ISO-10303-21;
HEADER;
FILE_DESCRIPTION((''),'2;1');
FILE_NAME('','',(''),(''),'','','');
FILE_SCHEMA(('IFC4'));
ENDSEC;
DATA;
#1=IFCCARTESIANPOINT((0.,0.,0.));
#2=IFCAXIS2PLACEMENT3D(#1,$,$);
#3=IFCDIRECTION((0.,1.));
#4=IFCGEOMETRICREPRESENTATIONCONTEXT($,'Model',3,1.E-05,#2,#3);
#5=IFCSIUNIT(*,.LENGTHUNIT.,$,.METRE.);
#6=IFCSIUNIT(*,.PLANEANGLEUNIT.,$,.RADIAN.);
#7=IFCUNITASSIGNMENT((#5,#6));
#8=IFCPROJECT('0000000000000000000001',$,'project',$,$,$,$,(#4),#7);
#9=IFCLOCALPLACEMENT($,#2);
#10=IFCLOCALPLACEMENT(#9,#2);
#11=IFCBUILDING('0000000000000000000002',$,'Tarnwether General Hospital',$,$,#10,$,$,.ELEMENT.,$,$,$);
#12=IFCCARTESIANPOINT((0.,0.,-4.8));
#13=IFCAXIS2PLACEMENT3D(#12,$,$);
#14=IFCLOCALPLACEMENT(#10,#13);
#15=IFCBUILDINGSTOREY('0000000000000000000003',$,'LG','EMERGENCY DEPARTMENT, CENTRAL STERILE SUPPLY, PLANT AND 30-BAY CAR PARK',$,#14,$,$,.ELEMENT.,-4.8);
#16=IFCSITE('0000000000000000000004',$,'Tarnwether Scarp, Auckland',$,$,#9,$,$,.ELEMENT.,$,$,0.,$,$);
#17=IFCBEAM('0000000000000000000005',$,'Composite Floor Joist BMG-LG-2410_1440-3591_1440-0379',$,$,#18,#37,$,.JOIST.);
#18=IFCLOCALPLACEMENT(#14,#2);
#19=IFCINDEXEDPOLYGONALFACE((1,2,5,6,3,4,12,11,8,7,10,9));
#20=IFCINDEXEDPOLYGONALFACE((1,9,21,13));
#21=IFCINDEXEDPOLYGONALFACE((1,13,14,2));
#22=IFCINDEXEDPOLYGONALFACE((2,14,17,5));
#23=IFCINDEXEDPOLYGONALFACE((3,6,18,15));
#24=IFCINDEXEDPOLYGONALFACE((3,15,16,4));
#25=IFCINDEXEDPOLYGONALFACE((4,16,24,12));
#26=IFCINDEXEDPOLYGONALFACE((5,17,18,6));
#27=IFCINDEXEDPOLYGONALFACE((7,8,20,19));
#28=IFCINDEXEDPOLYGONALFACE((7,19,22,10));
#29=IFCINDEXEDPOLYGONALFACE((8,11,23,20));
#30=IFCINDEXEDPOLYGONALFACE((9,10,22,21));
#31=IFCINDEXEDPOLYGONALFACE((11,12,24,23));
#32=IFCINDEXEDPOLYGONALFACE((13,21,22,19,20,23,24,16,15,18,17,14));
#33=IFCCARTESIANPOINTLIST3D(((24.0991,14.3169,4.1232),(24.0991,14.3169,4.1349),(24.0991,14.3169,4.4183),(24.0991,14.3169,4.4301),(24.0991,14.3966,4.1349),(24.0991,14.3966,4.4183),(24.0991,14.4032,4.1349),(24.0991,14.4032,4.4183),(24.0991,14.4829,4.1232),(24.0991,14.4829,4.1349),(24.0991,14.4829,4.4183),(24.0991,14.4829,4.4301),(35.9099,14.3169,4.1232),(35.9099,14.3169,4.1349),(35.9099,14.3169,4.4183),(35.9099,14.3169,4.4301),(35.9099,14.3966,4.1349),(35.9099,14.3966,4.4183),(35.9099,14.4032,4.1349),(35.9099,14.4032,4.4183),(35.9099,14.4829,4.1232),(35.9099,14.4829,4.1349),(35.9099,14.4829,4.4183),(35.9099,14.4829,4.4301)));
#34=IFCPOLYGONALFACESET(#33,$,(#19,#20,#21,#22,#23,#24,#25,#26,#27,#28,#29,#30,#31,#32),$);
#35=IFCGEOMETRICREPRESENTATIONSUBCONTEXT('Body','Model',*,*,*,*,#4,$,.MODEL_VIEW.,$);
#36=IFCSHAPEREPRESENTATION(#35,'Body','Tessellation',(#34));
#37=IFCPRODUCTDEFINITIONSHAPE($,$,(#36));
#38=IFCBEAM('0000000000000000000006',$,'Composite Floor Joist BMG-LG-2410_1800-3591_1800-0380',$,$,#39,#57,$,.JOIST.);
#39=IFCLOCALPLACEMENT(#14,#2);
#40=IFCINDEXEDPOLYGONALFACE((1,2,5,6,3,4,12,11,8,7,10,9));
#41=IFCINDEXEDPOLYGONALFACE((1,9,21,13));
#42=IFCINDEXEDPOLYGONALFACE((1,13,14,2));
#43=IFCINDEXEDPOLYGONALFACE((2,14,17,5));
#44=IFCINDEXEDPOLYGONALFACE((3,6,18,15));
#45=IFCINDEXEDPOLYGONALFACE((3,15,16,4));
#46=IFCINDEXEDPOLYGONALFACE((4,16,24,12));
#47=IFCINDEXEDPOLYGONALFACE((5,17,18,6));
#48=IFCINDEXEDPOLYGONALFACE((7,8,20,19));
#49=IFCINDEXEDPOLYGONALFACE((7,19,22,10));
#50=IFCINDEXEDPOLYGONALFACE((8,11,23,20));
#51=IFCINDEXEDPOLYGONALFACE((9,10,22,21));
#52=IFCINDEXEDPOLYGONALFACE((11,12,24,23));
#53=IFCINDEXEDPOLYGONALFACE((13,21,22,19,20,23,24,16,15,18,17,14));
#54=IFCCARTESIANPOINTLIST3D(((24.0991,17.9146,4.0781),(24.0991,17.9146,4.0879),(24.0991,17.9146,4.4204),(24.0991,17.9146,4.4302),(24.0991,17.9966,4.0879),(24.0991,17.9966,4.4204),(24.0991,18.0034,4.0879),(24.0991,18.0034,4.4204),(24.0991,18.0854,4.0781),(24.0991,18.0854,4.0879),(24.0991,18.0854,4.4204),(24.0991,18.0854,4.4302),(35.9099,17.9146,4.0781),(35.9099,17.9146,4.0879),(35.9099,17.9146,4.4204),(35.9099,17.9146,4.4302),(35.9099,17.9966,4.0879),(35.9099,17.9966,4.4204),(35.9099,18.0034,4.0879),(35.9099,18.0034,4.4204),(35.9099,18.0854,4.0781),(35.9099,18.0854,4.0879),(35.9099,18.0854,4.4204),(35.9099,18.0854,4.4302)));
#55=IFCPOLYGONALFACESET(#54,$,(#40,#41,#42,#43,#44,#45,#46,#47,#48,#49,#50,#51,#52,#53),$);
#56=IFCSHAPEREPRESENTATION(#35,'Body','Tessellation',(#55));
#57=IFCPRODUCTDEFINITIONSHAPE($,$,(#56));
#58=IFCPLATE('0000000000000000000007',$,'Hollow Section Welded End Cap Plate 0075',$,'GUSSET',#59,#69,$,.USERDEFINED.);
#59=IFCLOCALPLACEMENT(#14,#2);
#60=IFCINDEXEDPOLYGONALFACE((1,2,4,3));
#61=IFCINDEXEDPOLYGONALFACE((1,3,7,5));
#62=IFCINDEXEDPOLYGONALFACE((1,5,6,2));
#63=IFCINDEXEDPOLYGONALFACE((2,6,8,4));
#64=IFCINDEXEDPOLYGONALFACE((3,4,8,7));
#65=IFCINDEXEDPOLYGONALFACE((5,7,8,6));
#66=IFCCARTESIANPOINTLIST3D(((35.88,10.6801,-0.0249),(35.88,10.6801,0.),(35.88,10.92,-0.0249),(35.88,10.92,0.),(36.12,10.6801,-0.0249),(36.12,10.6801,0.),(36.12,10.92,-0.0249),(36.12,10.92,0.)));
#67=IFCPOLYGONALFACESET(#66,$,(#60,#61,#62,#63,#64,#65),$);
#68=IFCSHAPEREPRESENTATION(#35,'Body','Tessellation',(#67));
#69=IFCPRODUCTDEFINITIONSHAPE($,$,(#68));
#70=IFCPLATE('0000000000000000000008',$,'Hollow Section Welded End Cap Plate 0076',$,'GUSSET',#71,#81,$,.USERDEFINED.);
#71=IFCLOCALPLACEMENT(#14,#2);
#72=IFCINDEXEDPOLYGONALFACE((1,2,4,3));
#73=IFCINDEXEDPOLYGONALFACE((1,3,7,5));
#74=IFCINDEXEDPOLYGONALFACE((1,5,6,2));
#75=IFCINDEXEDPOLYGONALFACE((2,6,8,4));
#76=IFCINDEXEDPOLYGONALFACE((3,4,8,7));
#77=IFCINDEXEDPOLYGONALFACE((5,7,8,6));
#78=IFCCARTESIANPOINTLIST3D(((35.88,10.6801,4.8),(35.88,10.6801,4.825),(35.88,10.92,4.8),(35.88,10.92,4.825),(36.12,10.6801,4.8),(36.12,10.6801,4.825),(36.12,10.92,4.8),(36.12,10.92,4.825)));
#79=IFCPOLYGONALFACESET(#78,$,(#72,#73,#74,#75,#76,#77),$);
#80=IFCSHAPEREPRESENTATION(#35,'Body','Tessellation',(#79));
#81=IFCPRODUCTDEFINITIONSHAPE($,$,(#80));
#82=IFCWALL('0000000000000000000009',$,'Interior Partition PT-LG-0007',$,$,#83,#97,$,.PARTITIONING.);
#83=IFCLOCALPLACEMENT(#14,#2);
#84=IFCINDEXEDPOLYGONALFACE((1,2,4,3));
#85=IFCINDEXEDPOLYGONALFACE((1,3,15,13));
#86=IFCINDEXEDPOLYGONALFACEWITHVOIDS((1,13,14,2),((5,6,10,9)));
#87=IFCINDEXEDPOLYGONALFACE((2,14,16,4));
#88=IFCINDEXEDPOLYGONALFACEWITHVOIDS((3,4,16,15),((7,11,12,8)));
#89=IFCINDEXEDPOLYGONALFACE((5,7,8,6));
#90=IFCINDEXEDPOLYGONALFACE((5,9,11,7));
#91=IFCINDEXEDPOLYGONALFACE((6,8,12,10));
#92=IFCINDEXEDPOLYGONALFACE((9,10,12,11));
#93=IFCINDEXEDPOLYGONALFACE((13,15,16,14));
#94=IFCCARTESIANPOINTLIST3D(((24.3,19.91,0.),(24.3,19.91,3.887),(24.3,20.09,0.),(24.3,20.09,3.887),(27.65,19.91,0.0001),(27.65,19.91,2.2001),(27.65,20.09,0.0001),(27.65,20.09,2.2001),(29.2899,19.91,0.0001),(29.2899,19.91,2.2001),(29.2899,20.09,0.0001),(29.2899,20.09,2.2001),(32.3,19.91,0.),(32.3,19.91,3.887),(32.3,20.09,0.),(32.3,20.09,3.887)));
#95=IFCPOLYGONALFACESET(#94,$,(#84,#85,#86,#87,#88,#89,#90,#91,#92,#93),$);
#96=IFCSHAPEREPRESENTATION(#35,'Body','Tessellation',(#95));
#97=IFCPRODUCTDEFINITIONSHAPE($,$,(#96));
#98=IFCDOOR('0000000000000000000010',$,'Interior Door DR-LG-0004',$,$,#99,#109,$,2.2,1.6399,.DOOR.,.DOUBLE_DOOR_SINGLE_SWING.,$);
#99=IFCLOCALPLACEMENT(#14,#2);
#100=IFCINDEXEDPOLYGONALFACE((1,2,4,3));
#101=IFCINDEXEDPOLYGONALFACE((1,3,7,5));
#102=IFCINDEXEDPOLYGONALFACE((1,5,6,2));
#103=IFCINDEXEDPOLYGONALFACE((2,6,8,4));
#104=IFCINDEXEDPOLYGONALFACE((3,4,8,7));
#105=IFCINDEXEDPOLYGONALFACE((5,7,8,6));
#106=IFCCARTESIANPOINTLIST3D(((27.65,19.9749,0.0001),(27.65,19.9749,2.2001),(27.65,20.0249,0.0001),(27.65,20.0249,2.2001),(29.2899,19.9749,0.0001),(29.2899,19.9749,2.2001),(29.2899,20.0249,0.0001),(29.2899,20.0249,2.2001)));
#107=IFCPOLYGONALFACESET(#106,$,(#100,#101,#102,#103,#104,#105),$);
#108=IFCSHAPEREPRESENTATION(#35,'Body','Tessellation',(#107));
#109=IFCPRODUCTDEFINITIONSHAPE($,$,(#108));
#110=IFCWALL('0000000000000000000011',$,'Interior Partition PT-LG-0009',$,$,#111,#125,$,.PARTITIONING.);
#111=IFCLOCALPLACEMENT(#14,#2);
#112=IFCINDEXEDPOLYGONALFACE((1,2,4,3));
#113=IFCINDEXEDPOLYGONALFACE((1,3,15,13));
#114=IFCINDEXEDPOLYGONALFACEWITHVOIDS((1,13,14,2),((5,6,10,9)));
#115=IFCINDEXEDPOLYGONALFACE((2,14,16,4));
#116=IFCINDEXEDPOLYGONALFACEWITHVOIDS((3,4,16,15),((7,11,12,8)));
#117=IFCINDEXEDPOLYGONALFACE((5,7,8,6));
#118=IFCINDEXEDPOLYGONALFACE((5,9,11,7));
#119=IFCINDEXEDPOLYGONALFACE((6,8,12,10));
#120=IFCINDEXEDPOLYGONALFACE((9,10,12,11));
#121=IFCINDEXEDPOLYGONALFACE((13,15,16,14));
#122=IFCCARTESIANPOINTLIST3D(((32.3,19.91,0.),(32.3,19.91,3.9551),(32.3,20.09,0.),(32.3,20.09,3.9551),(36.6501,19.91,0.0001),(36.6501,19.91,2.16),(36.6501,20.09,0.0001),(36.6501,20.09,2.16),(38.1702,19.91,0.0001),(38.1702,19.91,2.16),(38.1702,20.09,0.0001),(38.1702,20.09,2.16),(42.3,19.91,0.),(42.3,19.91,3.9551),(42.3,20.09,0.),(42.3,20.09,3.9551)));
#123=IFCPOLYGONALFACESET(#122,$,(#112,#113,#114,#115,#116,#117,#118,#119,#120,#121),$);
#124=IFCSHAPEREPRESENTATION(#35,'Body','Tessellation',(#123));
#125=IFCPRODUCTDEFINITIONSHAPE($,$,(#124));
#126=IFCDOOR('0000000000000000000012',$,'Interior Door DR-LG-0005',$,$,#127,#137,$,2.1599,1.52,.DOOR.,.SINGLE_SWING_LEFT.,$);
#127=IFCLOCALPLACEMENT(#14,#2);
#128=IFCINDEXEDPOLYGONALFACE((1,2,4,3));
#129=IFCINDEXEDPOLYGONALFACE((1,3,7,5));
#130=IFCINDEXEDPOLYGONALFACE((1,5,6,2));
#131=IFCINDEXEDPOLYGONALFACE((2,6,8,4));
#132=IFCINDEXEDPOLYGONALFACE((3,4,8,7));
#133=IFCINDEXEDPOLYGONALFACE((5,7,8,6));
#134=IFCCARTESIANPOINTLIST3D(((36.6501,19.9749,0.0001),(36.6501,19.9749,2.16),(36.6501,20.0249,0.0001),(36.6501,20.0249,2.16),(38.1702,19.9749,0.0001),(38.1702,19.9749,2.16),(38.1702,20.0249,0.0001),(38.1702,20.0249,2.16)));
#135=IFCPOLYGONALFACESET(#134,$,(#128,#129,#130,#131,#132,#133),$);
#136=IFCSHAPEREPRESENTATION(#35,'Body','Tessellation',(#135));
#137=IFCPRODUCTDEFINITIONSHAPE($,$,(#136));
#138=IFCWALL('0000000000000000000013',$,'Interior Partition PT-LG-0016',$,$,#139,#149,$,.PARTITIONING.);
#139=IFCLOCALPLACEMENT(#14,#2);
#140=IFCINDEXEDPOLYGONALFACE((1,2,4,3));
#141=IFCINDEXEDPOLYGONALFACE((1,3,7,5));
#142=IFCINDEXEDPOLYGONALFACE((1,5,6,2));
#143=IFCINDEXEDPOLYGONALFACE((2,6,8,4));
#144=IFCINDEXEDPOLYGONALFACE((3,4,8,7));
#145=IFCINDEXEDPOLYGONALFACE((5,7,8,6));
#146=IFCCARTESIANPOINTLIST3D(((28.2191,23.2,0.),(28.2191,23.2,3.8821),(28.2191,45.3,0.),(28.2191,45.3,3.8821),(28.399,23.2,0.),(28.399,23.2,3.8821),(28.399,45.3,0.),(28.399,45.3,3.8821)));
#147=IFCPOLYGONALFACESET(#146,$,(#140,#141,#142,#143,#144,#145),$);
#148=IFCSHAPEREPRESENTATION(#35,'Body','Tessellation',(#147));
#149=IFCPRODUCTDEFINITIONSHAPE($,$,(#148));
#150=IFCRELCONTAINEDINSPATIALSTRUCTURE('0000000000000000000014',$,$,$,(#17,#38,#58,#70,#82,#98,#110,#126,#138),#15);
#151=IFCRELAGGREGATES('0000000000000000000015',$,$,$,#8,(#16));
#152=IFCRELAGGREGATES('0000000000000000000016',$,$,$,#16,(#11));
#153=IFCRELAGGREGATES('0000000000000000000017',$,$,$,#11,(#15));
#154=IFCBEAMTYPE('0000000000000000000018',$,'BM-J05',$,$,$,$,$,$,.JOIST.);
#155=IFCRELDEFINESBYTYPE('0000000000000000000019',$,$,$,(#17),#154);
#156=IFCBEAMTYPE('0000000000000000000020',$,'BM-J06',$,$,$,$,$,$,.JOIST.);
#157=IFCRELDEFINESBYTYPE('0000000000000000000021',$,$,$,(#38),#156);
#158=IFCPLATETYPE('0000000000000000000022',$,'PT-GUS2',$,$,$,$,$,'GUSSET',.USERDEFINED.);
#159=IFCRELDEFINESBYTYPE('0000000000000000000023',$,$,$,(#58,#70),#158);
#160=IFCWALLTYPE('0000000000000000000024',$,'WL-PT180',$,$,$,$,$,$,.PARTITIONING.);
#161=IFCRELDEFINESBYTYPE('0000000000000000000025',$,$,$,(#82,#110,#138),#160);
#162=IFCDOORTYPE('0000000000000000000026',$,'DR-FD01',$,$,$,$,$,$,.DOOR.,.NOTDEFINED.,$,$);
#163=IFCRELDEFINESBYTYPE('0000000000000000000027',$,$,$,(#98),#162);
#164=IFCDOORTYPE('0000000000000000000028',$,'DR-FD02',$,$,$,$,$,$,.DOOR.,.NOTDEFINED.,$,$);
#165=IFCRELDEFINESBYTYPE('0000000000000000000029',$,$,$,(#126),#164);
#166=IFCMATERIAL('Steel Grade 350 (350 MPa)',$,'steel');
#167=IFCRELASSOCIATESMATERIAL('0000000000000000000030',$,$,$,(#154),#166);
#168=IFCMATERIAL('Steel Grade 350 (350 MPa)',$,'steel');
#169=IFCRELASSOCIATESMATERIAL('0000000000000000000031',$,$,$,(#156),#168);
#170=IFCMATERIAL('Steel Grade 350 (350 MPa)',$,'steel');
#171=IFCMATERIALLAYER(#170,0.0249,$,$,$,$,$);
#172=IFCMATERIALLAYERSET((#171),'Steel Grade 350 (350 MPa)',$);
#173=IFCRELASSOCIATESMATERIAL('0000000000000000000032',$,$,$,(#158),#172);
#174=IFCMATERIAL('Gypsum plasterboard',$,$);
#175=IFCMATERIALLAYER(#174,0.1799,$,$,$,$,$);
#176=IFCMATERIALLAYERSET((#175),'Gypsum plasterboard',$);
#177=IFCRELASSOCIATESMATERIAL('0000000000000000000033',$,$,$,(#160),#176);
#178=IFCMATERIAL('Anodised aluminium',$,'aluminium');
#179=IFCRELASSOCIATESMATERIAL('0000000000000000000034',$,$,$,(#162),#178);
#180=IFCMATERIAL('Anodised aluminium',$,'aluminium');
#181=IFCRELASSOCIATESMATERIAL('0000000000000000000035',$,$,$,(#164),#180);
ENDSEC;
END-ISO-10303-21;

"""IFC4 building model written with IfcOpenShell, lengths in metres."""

from ifc_helpers import new_model, si_unit, direction, frame, frame_2d, origin, origin_2d, place, context, subcontext, project, spatial, rectangle, i_section, extrude, material, layer, layer_set, material_profile, profile_set, type_object, element, fill, save


model = new_model("IFC4")

# Units and contexts
model_context = context("Model", 3, precision=1e-05, world=origin(), true_north=direction((0.0, 1.0)))
body_context = subcontext(model_context, "Body", "Model", "MODEL_VIEW")
ifc_project = project(units=[si_unit("LENGTHUNIT", "METRE"), si_unit("PLANEANGLEUNIT", "RADIAN")], contexts=[model_context])

# Site, building, storey
site_placement = place(None, origin())
site = spatial("IfcSite", under=ifc_project, at=site_placement, Name="Tarnwether Scarp, Auckland", CompositionType="ELEMENT", RefElevation=0.0)
building_placement = place(site_placement, origin())
building = spatial("IfcBuilding", under=site, at=building_placement, Name="Tarnwether General Hospital", CompositionType="ELEMENT")
storey_placement = place(building_placement, frame((0.0, 0.0, -4.8)))
storey = spatial("IfcBuildingStorey", under=building, at=storey_placement, Name="LG", Description="EMERGENCY DEPARTMENT, CENTRAL STERILE SUPPLY, PLANT AND 30-BAY CAR PARK", CompositionType="ELEMENT", Elevation=-4.8)

# Beams
ifc_material_1 = material(Name="Steel Grade 350 (350 MPa)", Category="steel")
ifc_material_profile_1 = material_profile(ifc_material_1, i_section(OverallWidth=0.166, OverallDepth=0.3069, WebThickness=0.0066, FlangeThickness=0.0117, at=origin_2d()), Name="310UB46.2")
ifc_profile_set_1 = profile_set([ifc_material_profile_1], Name="Steel Grade 350 (350 MPa)")
beam_type_1 = type_object("IfcBeamType", Name="BM-J05", PredefinedType="JOIST", material=ifc_profile_set_1)
beam_1_placement = place(storey_placement, frame((24.0991, 14.3999, 4.2766), z_axis=(1.0, 0.0, 0.0), x_axis=(0.0, 1.0, 0.0)))
element("IfcBeam", 1, at=beam_1_placement, inside=storey, type_object=beam_type_1, Name="Composite Floor Joist BMG-LG-2410_1440-3591_1440-0379", PredefinedType="JOIST", context=body_context, shape_type="SweptSolid", body=[
    extrude(i_section(OverallWidth=0.166, OverallDepth=0.3069, WebThickness=0.0066, FlangeThickness=0.0117, at=origin_2d()), origin(), (0.0, 0.0, 1.0), 11.8108),
])
ifc_material_2 = material(Name="Steel Grade 350 (350 MPa)", Category="steel")
ifc_material_profile_2 = material_profile(ifc_material_2, i_section(OverallWidth=0.1709, OverallDepth=0.3521, WebThickness=0.0068, FlangeThickness=0.0098, at=origin_2d()), Name="360UB44.7")
ifc_profile_set_2 = profile_set([ifc_material_profile_2], Name="Steel Grade 350 (350 MPa)")
beam_type_2 = type_object("IfcBeamType", Name="BM-J06", PredefinedType="JOIST", material=ifc_profile_set_2)
beam_2_placement = place(storey_placement, frame((24.0991, 18.0, 4.2542), z_axis=(1.0, 0.0, 0.0), x_axis=(0.0, 1.0, 0.0)))
element("IfcBeam", 2, at=beam_2_placement, inside=storey, type_object=beam_type_2, Name="Composite Floor Joist BMG-LG-2410_1800-3591_1800-0380", PredefinedType="JOIST", context=body_context, shape_type="SweptSolid", body=[
    extrude(i_section(OverallWidth=0.1709, OverallDepth=0.3521, WebThickness=0.0068, FlangeThickness=0.0098, at=origin_2d()), origin(), (0.0, 0.0, 1.0), 11.8108),
])

# Plates
ifc_material_3 = material(Name="Steel Grade 350 (350 MPa)", Category="steel")
ifc_layer_1 = layer(ifc_material_3, 0.0249)
ifc_layer_set_1 = layer_set([ifc_layer_1], Name="Steel Grade 350 (350 MPa)")
plate_type = type_object("IfcPlateType", Name="PT-GUS2", ElementType="GUSSET", PredefinedType="USERDEFINED", material=ifc_layer_set_1)
for number, where, z_axis, x_axis, name in (
    (3, (36.0, 10.8, -0.0249), (0.0, 0.0, 1.0), (1.0, 0.0, 0.0), "Hollow Section Welded End Cap Plate 0075"),
    (4, (36.0, 10.8, 4.8), (0.0, 0.0, 1.0), (1.0, 0.0, 0.0), "Hollow Section Welded End Cap Plate 0076"),
):
    element("IfcPlate", number, at=place(storey_placement, frame(where, z_axis=z_axis, x_axis=x_axis)), inside=storey, type_object=plate_type, Name=name, ObjectType="GUSSET", PredefinedType="USERDEFINED", context=body_context, shape_type="SweptSolid", body=[
        extrude(rectangle(XDim=0.24, YDim=0.24, at=origin_2d()), origin(), (0.0, 0.0, 1.0), 0.0249),
    ])

# Walls, openings, doors
ifc_material_4 = material(Name="Gypsum plasterboard")
ifc_layer_2 = layer(ifc_material_4, 0.1799)
ifc_layer_set_2 = layer_set([ifc_layer_2], Name="Gypsum plasterboard")
wall_type = type_object("IfcWallType", Name="WL-PT180", PredefinedType="PARTITIONING", material=ifc_layer_set_2)
wall_1_placement = place(storey_placement, frame((24.3, 20.0, 0.0), z_axis=(0.0, 0.0, 1.0), x_axis=(1.0, 0.0, 0.0)))
wall_1 = element("IfcWall", 5, at=wall_1_placement, inside=storey, type_object=wall_type, Name="Interior Partition PT-LG-0007", PredefinedType="PARTITIONING", context=body_context, shape_type="SweptSolid", body=[
    extrude(rectangle(XDim=8.0, YDim=0.1799, at=frame_2d((4.0, 0.0))), origin(), (0.0, 0.0, 1.0), 3.887),
])
opening_1_placement = place(wall_1_placement, frame((3.3501, 0.0, 0.0)))
opening_1 = element("IfcOpeningElement", 6, at=opening_1_placement, cuts=wall_1, PredefinedType="OPENING", context=body_context, shape_type="SweptSolid", body=[
    extrude(rectangle(XDim=1.6399, YDim=2.2, at=frame_2d((0.8198, 1.1001))), frame((0.0, 0.1001, 0.0), z_axis=(0.0, -1.0, 0.0), x_axis=(1.0, 0.0, 0.0)), (0.0, 0.0, 1.0), 0.2),
])
ifc_material_5 = material(Name="Anodised aluminium", Category="aluminium")
door_type_1 = type_object("IfcDoorType", Name="DR-FD01", OperationType="NOTDEFINED", PredefinedType="DOOR", material=ifc_material_5)
door_1_placement = place(opening_1_placement, origin())
door_1 = element("IfcDoor", 7, at=door_1_placement, inside=storey, type_object=door_type_1, Name="Interior Door DR-LG-0004", OperationType="DOUBLE_DOOR_SINGLE_SWING", OverallHeight=2.2, OverallWidth=1.6399, PredefinedType="DOOR", context=body_context, shape_type="SweptSolid", body=[
    extrude(rectangle(XDim=1.6399, YDim=2.2, at=frame_2d((0.8198, 1.1001))), frame((0.0, 0.0249, 0.0), z_axis=(0.0, -1.0, 0.0), x_axis=(1.0, 0.0, 0.0)), (0.0, 0.0, 1.0), 0.05),
])
fill(opening_1, door_1)
wall_2_placement = place(storey_placement, frame((32.3, 20.0, 0.0), z_axis=(0.0, 0.0, 1.0), x_axis=(1.0, 0.0, 0.0)))
wall_2 = element("IfcWall", 8, at=wall_2_placement, inside=storey, type_object=wall_type, Name="Interior Partition PT-LG-0009", PredefinedType="PARTITIONING", context=body_context, shape_type="SweptSolid", body=[
    extrude(rectangle(XDim=10.0, YDim=0.1799, at=frame_2d((5.0, 0.0))), origin(), (0.0, 0.0, 1.0), 3.9551),
])
opening_2_placement = place(wall_2_placement, frame((4.3501, 0.0, 0.0)))
opening_2 = element("IfcOpeningElement", 9, at=opening_2_placement, cuts=wall_2, PredefinedType="OPENING", context=body_context, shape_type="SweptSolid", body=[
    extrude(rectangle(XDim=1.52, YDim=2.1599, at=frame_2d((0.76, 1.0801))), frame((0.0, 0.1001, 0.0), z_axis=(0.0, -1.0, 0.0), x_axis=(1.0, 0.0, 0.0)), (0.0, 0.0, 1.0), 0.2),
])
ifc_material_6 = material(Name="Anodised aluminium", Category="aluminium")
door_type_2 = type_object("IfcDoorType", Name="DR-FD02", OperationType="NOTDEFINED", PredefinedType="DOOR", material=ifc_material_6)
door_2_placement = place(opening_2_placement, origin())
door_2 = element("IfcDoor", 10, at=door_2_placement, inside=storey, type_object=door_type_2, Name="Interior Door DR-LG-0005", OperationType="SINGLE_SWING_LEFT", OverallHeight=2.1599, OverallWidth=1.52, PredefinedType="DOOR", context=body_context, shape_type="SweptSolid", body=[
    extrude(rectangle(XDim=1.52, YDim=2.1599, at=frame_2d((0.76, 1.0801))), frame((0.0, 0.0249, 0.0), z_axis=(0.0, -1.0, 0.0), x_axis=(1.0, 0.0, 0.0)), (0.0, 0.0, 1.0), 0.05),
])
fill(opening_2, door_2)

# Wall
wall_3_placement = place(storey_placement, frame((28.3091, 23.2, 0.0), z_axis=(0.0, 0.0, 1.0), x_axis=(0.0, 1.0, 0.0)))
element("IfcWall", 11, at=wall_3_placement, inside=storey, type_object=wall_type, Name="Interior Partition PT-LG-0016", PredefinedType="PARTITIONING", context=body_context, shape_type="SweptSolid", body=[
    extrude(rectangle(XDim=22.1001, YDim=0.1799, at=frame_2d((11.05, 0.0))), origin(), (0.0, 0.0, 1.0), 3.8821),
])

save(model, "model.ifc")
